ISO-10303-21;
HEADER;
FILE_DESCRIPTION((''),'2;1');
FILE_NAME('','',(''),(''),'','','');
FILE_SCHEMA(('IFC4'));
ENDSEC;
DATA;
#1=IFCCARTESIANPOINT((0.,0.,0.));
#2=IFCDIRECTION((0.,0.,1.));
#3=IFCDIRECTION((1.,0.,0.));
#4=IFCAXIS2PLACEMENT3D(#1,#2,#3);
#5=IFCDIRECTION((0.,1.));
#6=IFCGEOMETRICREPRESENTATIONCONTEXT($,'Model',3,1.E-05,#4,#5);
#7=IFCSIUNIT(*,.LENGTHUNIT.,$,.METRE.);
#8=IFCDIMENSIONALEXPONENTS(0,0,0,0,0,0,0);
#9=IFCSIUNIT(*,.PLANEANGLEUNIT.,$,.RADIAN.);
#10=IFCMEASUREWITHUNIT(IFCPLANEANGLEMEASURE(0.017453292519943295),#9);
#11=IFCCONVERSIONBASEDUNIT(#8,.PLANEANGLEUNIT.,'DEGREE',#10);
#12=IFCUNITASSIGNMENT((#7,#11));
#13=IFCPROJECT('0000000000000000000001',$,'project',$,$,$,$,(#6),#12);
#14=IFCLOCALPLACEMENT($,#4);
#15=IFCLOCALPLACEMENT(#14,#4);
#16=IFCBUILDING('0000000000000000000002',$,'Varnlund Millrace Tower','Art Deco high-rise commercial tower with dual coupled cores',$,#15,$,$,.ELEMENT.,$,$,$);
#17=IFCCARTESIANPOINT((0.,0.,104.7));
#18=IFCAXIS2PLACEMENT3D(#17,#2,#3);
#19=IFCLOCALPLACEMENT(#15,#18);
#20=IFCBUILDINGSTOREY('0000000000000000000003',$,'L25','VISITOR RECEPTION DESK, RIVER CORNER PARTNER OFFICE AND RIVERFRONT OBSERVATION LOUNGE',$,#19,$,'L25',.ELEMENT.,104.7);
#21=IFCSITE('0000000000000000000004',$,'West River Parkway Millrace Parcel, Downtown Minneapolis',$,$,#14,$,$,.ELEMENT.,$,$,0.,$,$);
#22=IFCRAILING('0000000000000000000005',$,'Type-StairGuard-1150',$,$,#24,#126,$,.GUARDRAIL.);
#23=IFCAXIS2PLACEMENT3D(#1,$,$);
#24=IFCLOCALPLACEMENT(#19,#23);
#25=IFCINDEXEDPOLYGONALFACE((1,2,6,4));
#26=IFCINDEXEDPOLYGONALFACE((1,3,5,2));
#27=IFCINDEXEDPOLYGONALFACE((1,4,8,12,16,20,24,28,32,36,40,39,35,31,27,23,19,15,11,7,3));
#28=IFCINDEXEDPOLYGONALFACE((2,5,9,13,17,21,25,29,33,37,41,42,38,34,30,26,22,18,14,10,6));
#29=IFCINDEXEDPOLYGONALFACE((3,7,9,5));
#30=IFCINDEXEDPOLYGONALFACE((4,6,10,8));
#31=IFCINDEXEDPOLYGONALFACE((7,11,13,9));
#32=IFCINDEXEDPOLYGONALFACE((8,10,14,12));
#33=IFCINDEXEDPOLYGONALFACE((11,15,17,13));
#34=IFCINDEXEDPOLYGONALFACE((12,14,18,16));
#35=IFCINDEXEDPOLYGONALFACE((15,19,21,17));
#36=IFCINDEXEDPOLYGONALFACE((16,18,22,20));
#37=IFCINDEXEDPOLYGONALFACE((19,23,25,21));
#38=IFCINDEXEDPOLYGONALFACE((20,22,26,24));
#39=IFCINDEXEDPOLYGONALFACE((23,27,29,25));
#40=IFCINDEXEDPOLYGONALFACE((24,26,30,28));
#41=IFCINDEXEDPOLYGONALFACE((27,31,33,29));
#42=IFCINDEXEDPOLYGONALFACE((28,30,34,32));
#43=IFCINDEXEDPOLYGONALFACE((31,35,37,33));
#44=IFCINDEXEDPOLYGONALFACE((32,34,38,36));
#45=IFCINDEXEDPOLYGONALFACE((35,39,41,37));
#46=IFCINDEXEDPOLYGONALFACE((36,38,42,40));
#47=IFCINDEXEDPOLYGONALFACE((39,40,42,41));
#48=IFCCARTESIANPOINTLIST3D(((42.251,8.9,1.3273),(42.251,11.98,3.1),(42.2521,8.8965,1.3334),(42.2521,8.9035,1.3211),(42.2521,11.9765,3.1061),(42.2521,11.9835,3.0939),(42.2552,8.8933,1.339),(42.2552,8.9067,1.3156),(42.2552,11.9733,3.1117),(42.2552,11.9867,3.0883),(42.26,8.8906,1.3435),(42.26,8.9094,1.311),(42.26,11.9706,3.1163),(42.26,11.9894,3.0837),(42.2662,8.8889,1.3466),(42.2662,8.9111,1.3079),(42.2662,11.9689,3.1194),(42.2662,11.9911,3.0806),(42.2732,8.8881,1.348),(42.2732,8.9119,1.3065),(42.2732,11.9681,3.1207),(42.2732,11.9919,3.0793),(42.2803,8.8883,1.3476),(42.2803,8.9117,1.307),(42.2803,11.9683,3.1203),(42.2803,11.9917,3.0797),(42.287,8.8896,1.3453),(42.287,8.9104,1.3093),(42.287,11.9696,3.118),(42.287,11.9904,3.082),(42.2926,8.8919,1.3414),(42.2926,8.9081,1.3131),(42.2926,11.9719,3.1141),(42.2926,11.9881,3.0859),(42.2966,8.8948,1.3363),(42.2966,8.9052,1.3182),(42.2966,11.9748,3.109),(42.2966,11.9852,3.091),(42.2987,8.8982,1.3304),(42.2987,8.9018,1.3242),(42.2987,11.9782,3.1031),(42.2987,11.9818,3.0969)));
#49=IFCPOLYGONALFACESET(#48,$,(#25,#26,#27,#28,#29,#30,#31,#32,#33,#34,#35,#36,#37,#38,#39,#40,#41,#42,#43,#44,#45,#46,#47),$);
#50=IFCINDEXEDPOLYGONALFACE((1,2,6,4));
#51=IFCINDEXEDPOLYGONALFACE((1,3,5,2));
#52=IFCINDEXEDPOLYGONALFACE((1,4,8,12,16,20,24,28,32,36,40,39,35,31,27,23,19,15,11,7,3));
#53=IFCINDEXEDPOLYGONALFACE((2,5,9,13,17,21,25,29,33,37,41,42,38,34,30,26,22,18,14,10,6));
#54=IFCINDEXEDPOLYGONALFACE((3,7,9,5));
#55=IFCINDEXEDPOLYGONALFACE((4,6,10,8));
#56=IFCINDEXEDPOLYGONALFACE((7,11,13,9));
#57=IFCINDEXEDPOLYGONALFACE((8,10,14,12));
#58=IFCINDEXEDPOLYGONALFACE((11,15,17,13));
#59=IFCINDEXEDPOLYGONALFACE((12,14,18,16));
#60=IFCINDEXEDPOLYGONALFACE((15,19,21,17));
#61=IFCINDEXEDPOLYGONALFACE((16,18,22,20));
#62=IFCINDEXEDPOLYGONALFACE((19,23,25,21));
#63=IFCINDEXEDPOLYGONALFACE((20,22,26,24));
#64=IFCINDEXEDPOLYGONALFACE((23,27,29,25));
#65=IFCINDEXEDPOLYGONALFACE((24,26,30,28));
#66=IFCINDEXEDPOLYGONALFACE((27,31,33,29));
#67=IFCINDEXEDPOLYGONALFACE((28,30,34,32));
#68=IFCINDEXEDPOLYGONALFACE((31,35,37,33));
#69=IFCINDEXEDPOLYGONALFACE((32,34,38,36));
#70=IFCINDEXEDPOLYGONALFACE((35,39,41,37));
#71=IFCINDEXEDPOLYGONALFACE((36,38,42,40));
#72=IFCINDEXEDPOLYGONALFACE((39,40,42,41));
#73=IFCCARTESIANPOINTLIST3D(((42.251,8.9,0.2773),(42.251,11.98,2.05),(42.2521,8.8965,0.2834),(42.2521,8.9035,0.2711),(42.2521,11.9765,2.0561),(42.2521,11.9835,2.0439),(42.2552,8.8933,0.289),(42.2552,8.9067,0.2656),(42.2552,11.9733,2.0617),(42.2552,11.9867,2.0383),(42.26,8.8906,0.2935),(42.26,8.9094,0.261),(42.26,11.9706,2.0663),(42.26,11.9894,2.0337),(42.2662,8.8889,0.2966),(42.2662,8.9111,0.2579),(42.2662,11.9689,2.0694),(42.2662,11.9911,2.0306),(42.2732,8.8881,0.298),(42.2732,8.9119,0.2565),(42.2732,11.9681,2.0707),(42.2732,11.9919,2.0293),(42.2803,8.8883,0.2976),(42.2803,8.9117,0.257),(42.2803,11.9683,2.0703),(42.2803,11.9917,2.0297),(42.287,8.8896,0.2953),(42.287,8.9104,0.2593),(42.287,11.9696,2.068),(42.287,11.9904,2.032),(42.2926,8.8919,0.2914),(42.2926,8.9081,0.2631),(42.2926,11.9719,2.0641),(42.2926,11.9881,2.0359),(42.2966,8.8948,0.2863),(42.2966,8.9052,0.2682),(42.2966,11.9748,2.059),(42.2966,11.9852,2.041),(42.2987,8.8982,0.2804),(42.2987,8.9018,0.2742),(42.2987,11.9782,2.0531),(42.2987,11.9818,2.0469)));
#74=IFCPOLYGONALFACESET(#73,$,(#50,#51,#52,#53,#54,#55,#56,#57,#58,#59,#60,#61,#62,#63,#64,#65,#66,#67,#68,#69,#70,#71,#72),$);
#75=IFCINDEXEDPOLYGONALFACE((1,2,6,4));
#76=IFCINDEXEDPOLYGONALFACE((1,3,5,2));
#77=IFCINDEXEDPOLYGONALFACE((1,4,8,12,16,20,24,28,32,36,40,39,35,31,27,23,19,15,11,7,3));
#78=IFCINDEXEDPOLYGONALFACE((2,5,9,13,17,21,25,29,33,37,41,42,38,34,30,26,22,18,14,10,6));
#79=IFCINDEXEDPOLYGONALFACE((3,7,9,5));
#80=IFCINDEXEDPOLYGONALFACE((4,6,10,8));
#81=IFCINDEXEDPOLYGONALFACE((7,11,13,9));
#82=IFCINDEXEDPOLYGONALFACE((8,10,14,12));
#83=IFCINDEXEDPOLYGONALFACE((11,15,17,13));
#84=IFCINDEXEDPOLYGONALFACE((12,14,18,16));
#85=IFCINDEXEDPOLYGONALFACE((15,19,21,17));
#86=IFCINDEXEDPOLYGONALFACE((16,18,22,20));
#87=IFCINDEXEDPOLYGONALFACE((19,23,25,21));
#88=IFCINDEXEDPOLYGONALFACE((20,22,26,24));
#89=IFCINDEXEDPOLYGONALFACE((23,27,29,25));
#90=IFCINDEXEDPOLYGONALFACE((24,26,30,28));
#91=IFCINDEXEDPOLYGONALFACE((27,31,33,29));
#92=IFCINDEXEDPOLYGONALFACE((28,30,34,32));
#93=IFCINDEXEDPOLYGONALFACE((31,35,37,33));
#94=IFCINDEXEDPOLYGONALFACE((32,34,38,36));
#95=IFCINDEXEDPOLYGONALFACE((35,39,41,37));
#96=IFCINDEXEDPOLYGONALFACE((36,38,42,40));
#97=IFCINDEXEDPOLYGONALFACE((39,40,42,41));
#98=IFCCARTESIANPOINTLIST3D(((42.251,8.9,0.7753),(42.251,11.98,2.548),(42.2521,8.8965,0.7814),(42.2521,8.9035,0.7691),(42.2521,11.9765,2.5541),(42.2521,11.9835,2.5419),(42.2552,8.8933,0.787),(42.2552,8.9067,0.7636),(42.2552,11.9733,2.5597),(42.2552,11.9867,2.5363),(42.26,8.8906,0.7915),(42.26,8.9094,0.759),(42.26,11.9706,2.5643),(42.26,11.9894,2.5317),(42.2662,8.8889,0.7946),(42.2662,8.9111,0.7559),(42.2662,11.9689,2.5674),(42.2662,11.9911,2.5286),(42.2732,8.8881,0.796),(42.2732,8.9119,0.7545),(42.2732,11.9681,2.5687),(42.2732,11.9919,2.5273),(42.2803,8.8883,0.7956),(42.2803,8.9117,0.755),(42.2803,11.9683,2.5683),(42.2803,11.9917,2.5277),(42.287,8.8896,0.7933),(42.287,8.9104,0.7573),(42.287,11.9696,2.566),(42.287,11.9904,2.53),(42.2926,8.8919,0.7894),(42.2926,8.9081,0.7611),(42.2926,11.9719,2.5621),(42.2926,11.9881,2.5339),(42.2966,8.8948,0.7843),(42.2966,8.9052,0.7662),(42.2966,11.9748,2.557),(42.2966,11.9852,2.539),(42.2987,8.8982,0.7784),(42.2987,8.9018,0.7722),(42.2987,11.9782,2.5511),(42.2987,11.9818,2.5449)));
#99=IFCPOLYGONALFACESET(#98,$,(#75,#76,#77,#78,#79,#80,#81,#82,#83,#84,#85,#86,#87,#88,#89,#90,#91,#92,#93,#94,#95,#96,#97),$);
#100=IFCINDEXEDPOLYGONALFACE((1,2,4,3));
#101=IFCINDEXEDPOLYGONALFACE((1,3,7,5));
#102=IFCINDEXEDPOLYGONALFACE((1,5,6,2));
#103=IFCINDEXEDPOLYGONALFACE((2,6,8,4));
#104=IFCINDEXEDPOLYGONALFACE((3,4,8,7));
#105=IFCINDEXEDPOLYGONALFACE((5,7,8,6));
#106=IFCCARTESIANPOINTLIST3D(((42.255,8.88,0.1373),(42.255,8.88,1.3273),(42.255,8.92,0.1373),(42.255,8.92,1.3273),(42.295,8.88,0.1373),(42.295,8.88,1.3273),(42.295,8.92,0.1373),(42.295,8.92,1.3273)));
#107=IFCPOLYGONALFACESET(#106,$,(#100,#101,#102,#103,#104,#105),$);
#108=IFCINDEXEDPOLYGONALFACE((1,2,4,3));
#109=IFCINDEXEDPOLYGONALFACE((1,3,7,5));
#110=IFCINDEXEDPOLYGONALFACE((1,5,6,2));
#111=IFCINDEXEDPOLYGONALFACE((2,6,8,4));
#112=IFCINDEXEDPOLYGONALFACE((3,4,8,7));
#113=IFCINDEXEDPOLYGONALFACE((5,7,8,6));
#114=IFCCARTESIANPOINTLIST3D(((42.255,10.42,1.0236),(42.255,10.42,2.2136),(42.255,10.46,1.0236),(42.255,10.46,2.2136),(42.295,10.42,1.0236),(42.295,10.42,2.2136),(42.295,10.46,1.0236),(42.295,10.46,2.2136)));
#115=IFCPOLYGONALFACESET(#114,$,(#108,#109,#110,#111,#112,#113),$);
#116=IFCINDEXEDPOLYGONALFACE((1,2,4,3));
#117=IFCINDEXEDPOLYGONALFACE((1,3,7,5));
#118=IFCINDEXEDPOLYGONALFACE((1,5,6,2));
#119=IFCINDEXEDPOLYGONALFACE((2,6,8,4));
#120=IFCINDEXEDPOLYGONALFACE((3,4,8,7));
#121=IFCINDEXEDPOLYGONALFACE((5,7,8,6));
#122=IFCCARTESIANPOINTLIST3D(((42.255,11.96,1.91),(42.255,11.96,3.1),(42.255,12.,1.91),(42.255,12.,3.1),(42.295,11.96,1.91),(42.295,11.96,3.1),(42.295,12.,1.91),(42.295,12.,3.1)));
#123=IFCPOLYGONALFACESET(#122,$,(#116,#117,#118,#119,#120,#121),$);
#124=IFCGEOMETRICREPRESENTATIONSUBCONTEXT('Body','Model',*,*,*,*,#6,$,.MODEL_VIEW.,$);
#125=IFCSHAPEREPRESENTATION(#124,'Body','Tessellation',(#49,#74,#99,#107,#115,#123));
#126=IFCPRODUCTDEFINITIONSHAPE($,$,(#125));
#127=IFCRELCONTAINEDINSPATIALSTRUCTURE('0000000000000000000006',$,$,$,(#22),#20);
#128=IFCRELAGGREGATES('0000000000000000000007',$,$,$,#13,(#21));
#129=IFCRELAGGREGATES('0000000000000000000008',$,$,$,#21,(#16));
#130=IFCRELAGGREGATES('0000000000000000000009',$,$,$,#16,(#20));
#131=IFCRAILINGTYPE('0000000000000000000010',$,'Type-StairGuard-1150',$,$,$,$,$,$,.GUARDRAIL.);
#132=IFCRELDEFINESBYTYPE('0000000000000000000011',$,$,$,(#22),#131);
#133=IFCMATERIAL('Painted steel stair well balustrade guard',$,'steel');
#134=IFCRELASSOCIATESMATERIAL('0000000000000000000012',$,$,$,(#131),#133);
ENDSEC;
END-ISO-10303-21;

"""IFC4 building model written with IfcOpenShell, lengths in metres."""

from ifc_helpers import new_model, entity, si_unit, converted_unit, direction, frame, origin_with_axes, origin_2d_with_axis, place, context, subcontext, project, spatial, rectangle, circle, extrude, material, type_object, element, save


model = new_model("IFC4")

# Units and contexts
model_context = context("Model", 3, precision=1e-05, world=origin_with_axes(), true_north=direction((0.0, 1.0)))
body_context = subcontext(model_context, "Body", "Model", "MODEL_VIEW")
ifc_project = project(units=[si_unit("LENGTHUNIT", "METRE"), converted_unit("PLANEANGLEUNIT", "DEGREE", entity("IfcPlaneAngleMeasure", 0.017453292519943295), si_unit("PLANEANGLEUNIT", "RADIAN"), dimensions=[0, 0, 0, 0, 0, 0, 0])], contexts=[model_context])

# Site, building, storey
site_placement = place(None, origin_with_axes())
site = spatial("IfcSite", under=ifc_project, at=site_placement, Name="West River Parkway Millrace Parcel, Downtown Minneapolis", CompositionType="ELEMENT", RefElevation=0.0)
building_placement = place(site_placement, origin_with_axes())
building = spatial("IfcBuilding", under=site, at=building_placement, Name="Varnlund Millrace Tower", Description="Art Deco high-rise commercial tower with dual coupled cores", CompositionType="ELEMENT")
storey_placement = place(building_placement, frame((0.0, 0.0, 104.7), z_axis=(0.0, 0.0, 1.0), x_axis=(1.0, 0.0, 0.0)))
storey = spatial("IfcBuildingStorey", under=building, at=storey_placement, Name="L25", Description="VISITOR RECEPTION DESK, RIVER CORNER PARTNER OFFICE AND RIVERFRONT OBSERVATION LOUNGE", LongName="L25", CompositionType="ELEMENT", Elevation=104.7)

# Railing
ifc_material_1 = material(Name="Painted steel stair well balustrade guard", Category="steel")
railing_type_1 = type_object("IfcRailingType", Name="Type-StairGuard-1150", PredefinedType="GUARDRAIL", material=ifc_material_1)
railing_1_placement = place(storey_placement, frame((0.0, 0.0, -104.7), z_axis=(0.0, 0.0, 1.0), x_axis=(1.0, 0.0, 0.0)))
element("IfcRailing", 1, at=railing_1_placement, inside=storey, type_object=railing_type_1, Name="Type-StairGuard-1150", PredefinedType="GUARDRAIL", context=body_context, shape_type="SweptSolid", body=[
    extrude(circle(Radius=0.024, at=origin_2d_with_axis()), frame((42.275, 8.9, 106.0273), z_axis=(0.0, 0.866696, 0.498836), x_axis=(-1.0, 0.0, 0.0)), (0.0, 0.0, 1.0), 3.5537),
    extrude(circle(Radius=0.024, at=origin_2d_with_axis()), frame((42.275, 8.9, 104.9773), z_axis=(0.0, 0.866696, 0.498836), x_axis=(-1.0, 0.0, 0.0)), (0.0, 0.0, 1.0), 3.5537),
    extrude(circle(Radius=0.024, at=origin_2d_with_axis()), frame((42.275, 8.9, 105.4753), z_axis=(0.0, 0.866696, 0.498836), x_axis=(-1.0, 0.0, 0.0)), (0.0, 0.0, 1.0), 3.5537),
    extrude(rectangle(XDim=0.04, YDim=0.04, at=origin_2d_with_axis()), frame((42.275, 8.9, 104.8373), z_axis=(0.0, 0.0, 1.0), x_axis=(1.0, 0.0, 0.0)), (0.0, 0.0, 1.0), 1.19),
    extrude(rectangle(XDim=0.04, YDim=0.04, at=origin_2d_with_axis()), frame((42.275, 10.44, 105.7236), z_axis=(0.0, 0.0, 1.0), x_axis=(1.0, 0.0, 0.0)), (0.0, 0.0, 1.0), 1.19),
    extrude(rectangle(XDim=0.04, YDim=0.04, at=origin_2d_with_axis()), frame((42.275, 11.98, 106.61), z_axis=(0.0, 0.0, 1.0), x_axis=(1.0, 0.0, 0.0)), (0.0, 0.0, 1.0), 1.19),
])

save(model, "model.ifc")
